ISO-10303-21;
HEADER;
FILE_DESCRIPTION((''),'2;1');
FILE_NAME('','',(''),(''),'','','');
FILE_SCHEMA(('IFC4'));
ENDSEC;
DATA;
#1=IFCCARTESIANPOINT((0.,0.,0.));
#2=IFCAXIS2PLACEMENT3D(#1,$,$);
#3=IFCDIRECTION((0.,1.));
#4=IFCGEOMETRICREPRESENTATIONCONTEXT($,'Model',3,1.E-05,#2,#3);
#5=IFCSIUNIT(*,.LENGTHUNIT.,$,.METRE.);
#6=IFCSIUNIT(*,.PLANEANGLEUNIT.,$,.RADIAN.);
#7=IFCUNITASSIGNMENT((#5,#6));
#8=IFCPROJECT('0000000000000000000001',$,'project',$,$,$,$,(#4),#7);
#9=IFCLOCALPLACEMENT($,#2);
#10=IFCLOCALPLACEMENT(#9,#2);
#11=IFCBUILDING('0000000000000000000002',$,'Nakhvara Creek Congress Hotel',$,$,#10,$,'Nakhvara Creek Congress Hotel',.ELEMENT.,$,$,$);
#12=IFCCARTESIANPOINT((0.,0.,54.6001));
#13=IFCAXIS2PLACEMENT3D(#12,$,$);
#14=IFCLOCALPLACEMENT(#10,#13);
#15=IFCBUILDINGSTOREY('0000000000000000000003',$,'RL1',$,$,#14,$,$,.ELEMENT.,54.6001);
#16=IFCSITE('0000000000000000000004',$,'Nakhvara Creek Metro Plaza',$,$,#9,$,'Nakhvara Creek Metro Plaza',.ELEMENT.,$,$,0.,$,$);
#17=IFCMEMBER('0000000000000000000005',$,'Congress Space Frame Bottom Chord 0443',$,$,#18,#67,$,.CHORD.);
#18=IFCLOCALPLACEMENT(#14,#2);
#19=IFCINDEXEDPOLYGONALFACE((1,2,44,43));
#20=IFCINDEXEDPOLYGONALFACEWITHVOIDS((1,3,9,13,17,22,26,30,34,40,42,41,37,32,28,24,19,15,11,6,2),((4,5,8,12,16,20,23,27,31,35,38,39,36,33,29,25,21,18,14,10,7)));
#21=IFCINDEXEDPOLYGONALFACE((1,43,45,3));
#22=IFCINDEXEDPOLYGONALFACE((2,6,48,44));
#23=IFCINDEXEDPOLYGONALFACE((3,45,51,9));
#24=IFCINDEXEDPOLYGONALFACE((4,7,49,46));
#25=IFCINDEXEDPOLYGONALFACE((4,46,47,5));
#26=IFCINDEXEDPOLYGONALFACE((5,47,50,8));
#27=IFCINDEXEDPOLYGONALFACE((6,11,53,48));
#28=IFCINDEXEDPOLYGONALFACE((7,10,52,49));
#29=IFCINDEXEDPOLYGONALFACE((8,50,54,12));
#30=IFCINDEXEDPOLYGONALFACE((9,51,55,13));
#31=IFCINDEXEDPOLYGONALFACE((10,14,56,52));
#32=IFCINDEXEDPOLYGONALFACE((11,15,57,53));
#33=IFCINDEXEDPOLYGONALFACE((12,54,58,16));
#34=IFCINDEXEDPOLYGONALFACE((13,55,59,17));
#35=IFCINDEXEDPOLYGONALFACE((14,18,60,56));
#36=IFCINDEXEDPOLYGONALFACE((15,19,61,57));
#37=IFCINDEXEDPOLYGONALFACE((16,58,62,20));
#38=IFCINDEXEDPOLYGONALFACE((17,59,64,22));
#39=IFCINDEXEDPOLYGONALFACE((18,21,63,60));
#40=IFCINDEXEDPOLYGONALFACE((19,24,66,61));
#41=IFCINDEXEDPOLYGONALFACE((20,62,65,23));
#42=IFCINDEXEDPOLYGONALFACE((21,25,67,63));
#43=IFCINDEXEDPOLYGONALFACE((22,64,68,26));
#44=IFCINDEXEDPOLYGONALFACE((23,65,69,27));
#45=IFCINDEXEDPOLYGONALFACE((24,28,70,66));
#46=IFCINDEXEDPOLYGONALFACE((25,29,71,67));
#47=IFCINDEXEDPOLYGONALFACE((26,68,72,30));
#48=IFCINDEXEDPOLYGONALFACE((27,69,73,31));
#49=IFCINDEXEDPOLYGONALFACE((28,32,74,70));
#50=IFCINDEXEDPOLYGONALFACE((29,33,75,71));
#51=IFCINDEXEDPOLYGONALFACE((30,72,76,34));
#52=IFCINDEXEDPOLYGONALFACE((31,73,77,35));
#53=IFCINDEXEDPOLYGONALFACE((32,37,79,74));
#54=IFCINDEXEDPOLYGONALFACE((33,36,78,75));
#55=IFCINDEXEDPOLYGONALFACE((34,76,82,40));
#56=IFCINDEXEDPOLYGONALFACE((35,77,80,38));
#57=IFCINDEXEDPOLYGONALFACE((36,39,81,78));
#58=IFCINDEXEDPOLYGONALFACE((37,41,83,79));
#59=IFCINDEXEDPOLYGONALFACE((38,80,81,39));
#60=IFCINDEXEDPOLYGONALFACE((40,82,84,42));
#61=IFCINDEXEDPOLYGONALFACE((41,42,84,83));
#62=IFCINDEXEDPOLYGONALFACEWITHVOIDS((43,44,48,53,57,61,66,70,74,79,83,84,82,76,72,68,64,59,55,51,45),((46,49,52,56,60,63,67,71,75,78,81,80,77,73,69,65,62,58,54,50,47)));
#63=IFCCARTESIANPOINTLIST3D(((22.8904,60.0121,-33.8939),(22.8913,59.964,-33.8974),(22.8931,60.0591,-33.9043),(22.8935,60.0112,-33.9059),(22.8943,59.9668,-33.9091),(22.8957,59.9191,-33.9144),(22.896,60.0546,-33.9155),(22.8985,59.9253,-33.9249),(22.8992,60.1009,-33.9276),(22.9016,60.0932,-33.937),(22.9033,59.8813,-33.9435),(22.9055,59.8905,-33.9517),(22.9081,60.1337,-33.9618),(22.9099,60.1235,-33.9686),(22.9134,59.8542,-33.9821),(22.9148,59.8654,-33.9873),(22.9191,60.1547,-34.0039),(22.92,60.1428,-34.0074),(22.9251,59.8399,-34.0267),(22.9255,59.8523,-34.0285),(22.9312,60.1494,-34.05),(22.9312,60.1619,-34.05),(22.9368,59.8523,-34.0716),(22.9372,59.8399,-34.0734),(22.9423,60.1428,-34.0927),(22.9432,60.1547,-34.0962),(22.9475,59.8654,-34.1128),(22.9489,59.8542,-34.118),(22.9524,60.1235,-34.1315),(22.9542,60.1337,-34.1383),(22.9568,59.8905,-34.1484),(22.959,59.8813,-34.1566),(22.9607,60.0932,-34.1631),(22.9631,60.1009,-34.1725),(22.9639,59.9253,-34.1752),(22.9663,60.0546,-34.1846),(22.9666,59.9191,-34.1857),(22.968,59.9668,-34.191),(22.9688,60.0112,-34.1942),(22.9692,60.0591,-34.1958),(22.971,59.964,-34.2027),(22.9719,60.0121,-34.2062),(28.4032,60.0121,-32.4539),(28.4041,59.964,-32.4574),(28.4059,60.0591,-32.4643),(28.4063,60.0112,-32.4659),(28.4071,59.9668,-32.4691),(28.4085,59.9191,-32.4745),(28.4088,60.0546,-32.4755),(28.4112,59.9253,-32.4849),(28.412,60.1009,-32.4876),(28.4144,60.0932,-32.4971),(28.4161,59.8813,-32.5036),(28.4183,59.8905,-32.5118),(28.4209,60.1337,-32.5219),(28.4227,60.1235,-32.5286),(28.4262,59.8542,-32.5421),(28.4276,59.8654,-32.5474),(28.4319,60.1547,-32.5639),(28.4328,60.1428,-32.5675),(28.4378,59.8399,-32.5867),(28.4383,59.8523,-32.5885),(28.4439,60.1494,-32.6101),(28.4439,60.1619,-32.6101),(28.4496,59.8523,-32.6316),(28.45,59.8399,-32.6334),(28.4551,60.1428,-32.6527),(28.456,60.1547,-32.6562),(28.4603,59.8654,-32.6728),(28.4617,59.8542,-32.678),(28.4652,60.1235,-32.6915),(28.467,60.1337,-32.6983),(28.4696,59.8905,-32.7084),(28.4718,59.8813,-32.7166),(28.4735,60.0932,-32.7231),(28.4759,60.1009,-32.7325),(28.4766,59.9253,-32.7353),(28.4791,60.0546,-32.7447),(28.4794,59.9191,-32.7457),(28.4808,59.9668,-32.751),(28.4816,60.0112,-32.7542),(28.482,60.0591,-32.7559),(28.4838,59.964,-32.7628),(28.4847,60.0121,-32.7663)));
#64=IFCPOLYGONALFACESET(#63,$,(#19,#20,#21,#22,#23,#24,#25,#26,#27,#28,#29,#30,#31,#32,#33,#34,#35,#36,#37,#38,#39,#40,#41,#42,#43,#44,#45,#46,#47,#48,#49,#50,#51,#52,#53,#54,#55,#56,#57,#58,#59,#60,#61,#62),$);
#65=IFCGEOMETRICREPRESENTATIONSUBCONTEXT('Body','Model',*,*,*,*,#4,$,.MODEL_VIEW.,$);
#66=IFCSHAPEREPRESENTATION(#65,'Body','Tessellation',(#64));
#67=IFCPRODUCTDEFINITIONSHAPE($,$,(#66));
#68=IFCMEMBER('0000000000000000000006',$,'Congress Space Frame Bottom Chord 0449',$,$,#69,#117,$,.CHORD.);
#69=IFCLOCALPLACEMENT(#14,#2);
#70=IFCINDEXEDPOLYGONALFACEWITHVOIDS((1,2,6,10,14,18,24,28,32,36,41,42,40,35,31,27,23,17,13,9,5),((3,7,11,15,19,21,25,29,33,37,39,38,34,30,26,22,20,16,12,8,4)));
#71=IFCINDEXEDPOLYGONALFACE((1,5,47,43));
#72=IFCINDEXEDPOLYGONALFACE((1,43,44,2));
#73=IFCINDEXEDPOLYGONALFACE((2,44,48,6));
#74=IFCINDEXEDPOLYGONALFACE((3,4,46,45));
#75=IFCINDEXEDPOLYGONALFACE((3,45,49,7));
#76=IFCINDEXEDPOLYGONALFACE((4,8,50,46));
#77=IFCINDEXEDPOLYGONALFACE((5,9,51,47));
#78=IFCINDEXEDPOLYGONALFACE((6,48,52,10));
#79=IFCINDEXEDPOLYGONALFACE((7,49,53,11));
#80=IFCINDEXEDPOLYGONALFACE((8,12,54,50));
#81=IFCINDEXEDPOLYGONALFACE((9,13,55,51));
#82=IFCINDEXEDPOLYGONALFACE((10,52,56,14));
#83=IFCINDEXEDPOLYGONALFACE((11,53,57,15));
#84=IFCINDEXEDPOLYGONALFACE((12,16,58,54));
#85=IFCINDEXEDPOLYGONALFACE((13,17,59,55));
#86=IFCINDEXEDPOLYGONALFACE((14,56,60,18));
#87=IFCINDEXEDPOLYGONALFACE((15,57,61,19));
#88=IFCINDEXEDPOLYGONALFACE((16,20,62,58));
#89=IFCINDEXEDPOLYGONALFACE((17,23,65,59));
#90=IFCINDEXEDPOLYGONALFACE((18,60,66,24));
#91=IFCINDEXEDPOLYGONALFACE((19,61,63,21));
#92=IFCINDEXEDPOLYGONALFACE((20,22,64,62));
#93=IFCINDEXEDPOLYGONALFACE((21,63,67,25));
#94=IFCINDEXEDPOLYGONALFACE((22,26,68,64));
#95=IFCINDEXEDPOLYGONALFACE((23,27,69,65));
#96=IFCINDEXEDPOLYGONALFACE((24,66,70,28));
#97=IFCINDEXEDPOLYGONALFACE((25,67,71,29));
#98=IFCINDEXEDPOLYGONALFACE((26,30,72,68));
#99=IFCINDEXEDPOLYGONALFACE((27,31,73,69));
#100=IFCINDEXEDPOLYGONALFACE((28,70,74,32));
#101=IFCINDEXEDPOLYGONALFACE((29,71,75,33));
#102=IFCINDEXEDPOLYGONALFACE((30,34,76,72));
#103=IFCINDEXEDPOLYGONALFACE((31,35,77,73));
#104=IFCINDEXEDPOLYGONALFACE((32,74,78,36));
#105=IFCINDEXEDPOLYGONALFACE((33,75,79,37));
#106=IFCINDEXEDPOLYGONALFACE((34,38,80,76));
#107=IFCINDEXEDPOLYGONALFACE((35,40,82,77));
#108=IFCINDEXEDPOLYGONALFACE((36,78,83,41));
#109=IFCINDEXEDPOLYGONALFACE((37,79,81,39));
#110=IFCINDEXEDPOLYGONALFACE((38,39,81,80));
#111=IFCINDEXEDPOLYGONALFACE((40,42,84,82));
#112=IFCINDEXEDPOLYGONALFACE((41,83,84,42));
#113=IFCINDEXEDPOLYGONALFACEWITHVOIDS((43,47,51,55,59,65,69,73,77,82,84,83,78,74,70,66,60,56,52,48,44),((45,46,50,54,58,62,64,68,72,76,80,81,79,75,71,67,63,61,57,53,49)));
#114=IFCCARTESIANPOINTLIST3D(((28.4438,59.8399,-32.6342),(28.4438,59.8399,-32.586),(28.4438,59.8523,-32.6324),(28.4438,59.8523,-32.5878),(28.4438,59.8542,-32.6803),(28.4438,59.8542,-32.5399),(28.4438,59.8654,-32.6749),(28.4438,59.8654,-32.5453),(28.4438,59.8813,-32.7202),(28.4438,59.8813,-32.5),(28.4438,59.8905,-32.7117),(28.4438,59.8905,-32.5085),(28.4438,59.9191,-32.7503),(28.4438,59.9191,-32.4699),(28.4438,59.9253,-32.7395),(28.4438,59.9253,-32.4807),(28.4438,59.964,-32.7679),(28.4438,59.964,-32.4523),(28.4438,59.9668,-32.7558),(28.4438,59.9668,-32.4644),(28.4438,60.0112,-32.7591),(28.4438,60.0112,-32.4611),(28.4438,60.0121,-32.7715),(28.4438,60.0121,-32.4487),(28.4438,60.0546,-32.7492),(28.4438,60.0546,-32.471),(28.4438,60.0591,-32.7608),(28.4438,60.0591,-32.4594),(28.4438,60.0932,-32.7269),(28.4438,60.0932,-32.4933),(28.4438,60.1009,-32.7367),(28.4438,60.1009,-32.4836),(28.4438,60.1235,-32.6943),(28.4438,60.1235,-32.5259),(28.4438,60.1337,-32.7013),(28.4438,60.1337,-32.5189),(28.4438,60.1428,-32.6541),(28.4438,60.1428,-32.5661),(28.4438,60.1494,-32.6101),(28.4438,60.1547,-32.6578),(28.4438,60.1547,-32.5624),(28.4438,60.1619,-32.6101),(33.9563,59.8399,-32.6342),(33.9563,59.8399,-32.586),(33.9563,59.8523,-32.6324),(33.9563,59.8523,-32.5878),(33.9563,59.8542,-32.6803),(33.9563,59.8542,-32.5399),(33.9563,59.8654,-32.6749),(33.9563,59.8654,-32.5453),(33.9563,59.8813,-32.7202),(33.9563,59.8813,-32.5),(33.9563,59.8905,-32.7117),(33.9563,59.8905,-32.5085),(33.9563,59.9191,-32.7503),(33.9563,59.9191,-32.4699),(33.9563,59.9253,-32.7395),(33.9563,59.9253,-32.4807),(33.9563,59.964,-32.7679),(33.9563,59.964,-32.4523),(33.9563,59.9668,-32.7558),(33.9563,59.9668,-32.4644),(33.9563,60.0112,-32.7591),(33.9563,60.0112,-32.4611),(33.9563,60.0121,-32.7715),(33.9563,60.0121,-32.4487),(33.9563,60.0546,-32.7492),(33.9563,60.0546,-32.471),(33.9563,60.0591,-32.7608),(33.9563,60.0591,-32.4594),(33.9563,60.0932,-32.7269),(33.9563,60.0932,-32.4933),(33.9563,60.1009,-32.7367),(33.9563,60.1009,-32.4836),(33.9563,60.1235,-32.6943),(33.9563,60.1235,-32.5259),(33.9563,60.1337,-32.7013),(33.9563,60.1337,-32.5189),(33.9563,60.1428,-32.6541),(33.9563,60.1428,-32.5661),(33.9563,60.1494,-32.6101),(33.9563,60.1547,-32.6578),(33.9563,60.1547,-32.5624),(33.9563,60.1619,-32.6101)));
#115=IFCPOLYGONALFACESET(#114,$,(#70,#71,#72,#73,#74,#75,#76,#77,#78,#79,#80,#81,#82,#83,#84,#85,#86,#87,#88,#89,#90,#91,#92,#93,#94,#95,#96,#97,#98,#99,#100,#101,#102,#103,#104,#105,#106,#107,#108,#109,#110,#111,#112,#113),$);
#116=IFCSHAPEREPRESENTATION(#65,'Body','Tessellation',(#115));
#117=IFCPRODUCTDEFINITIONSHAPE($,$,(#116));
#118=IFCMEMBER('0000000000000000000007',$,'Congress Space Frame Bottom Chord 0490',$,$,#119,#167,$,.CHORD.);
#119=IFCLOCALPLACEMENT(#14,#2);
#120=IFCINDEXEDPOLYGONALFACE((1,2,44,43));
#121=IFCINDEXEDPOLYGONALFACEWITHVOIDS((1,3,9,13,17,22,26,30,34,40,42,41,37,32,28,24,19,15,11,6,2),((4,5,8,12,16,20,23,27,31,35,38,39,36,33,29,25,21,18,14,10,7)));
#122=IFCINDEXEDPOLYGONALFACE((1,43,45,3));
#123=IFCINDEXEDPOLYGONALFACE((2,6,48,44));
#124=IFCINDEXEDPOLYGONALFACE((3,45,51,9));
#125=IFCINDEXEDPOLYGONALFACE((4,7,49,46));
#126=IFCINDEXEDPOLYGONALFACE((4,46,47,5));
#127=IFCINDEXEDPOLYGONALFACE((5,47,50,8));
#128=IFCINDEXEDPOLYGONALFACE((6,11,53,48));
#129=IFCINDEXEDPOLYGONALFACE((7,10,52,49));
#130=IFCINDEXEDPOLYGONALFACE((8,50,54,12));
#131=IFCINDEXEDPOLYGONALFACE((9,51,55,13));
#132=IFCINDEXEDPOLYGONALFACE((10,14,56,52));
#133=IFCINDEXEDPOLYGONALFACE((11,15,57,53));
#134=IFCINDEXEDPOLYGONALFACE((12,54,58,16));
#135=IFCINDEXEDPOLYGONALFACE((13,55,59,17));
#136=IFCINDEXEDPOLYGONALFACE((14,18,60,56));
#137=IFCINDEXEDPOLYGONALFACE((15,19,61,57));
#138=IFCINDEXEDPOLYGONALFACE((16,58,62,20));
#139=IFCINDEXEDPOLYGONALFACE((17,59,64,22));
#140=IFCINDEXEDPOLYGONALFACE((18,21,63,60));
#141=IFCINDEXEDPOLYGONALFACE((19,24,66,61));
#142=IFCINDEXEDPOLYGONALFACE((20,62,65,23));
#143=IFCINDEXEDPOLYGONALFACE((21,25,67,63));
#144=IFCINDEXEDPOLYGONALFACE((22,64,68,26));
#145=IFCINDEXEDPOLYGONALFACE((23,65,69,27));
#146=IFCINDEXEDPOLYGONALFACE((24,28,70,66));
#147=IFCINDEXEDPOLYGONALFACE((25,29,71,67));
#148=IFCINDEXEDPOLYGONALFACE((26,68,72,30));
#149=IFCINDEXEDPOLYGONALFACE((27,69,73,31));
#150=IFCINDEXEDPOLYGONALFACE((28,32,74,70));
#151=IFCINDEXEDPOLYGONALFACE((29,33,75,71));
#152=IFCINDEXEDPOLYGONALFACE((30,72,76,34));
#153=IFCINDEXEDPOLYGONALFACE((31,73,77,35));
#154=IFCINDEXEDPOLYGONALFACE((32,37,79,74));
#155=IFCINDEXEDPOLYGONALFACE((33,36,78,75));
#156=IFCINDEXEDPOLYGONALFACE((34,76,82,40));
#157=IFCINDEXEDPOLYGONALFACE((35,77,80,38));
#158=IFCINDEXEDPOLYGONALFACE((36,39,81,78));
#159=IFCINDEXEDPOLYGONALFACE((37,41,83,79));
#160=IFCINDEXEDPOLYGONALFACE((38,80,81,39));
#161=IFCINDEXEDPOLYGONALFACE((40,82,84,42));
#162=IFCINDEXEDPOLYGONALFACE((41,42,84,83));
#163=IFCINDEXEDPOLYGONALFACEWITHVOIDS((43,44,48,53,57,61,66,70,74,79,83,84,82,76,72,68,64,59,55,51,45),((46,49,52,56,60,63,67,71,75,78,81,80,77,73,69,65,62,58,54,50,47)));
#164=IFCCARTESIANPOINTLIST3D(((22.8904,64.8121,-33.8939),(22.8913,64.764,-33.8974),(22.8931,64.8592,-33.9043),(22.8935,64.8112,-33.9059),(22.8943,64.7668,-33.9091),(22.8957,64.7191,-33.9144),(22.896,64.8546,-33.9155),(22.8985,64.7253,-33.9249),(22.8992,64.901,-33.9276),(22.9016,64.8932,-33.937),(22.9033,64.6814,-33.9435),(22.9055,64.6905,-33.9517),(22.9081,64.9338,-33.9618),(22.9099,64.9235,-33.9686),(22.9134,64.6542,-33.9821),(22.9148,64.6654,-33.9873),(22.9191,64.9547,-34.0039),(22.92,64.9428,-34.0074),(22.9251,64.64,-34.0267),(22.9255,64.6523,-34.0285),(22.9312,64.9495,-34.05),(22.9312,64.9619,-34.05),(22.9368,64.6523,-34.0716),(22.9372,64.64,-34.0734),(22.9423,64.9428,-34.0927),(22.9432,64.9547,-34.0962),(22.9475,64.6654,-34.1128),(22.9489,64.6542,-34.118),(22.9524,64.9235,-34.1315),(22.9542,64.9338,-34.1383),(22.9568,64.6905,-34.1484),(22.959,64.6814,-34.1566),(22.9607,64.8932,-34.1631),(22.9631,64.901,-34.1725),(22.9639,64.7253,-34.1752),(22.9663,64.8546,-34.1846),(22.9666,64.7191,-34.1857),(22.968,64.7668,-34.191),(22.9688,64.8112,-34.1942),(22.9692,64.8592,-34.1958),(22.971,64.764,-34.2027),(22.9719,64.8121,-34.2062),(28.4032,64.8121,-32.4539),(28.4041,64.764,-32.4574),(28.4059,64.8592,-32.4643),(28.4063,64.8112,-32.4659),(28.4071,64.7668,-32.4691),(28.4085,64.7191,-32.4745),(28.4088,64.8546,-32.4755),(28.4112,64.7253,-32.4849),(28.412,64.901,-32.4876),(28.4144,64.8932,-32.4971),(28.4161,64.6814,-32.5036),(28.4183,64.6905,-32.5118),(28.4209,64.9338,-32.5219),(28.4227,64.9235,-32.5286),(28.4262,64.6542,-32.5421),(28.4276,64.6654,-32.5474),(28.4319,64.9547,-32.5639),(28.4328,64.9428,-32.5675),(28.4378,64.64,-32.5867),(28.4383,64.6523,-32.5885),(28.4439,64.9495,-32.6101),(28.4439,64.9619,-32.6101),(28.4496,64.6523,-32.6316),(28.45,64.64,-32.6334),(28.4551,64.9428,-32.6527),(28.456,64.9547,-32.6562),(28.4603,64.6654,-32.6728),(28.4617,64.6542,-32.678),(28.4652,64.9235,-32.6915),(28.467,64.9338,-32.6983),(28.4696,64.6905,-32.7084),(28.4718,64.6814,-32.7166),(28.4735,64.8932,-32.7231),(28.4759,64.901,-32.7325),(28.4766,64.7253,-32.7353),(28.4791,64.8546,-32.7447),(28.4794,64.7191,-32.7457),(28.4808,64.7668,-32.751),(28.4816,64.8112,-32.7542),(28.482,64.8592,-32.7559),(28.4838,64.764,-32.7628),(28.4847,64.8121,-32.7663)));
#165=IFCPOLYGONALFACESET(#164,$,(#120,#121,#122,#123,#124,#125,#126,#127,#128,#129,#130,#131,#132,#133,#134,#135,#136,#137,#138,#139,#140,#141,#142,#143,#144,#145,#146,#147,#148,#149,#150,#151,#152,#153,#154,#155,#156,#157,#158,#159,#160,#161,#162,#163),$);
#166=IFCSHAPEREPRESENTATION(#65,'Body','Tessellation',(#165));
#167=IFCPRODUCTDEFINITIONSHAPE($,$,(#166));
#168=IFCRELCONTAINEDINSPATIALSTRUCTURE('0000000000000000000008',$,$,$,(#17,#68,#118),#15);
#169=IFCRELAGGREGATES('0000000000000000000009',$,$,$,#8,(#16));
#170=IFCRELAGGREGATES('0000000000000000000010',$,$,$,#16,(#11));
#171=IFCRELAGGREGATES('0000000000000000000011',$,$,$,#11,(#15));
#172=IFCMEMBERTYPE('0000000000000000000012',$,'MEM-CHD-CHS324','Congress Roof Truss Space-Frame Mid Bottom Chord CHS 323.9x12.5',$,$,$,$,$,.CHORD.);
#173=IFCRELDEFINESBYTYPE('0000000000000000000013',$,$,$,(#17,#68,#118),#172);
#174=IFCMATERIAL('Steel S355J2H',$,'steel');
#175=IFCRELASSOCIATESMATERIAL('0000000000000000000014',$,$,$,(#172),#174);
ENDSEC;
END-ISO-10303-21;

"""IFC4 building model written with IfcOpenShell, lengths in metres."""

from ifc_helpers import new_model, si_unit, direction, frame, origin, origin_2d, place, context, subcontext, project, spatial, hollow_circle, extrude, material, material_profile, profile_set, type_object, element, save


model = new_model("IFC4")

# Units and contexts
model_context = context("Model", 3, precision=1e-05, world=origin(), true_north=direction((0.0, 1.0)))
body_context = subcontext(model_context, "Body", "Model", "MODEL_VIEW")
ifc_project = project(units=[si_unit("LENGTHUNIT", "METRE"), si_unit("PLANEANGLEUNIT", "RADIAN")], contexts=[model_context])

# Site, building, storey
site_placement = place(None, origin())
site = spatial("IfcSite", under=ifc_project, at=site_placement, Name="Nakhvara Creek Metro Plaza", LongName="Nakhvara Creek Metro Plaza", CompositionType="ELEMENT", RefElevation=0.0)
building_placement = place(site_placement, origin())
building = spatial("IfcBuilding", under=site, at=building_placement, Name="Nakhvara Creek Congress Hotel", LongName="Nakhvara Creek Congress Hotel", CompositionType="ELEMENT")
storey_placement = place(building_placement, frame((0.0, 0.0, 54.6001)))
storey = spatial("IfcBuildingStorey", under=building, at=storey_placement, Name="RL1", CompositionType="ELEMENT", Elevation=54.6001)

# Members
ifc_material_1 = material(Name="Steel S355J2H", Category="steel")
ifc_material_profile_1 = material_profile(ifc_material_1, hollow_circle(Radius=0.1619, WallThickness=0.0125, at=origin_2d()), Name="CHS 323.9x12.5", Category="LoadBearing")
ifc_profile_set_1 = profile_set([ifc_material_profile_1], Name="Steel S355J2H")
member_type_1 = type_object("IfcMemberType", Name="MEM-CHD-CHS324", Description="Congress Roof Truss Space-Frame Mid Bottom Chord CHS 323.9x12.5", PredefinedType="CHORD", material=ifc_profile_set_1)
member_1_placement = place(storey_placement, frame((22.9312, 60.0, -34.05), z_axis=(0.967538, 0.0, 0.252725), x_axis=(0.0, 1.0, 0.0)))
element("IfcMember", 1, at=member_1_placement, inside=storey, type_object=member_type_1, Name="Congress Space Frame Bottom Chord 0443", PredefinedType="CHORD", context=body_context, shape_type="SweptSolid", body=[
    extrude(hollow_circle(Radius=0.1619, WallThickness=0.0125, at=origin_2d()), origin(), (0.0, 0.0, 1.0), 5.6978),
])
member_2_placement = place(storey_placement, frame((28.4438, 60.0, -32.6101), z_axis=(1.0, 0.0, 0.0), x_axis=(0.0, 1.0, 0.0)))
element("IfcMember", 2, at=member_2_placement, inside=storey, type_object=member_type_1, Name="Congress Space Frame Bottom Chord 0449", PredefinedType="CHORD", context=body_context, shape_type="SweptSolid", body=[
    extrude(hollow_circle(Radius=0.1619, WallThickness=0.0125, at=origin_2d()), origin(), (0.0, 0.0, 1.0), 5.5125),
])
member_3_placement = place(storey_placement, frame((22.9312, 64.8, -34.05), z_axis=(0.967538, 0.0, 0.252725), x_axis=(0.0, 1.0, 0.0)))
element("IfcMember", 3, at=member_3_placement, inside=storey, type_object=member_type_1, Name="Congress Space Frame Bottom Chord 0490", PredefinedType="CHORD", context=body_context, shape_type="SweptSolid", body=[
    extrude(hollow_circle(Radius=0.1619, WallThickness=0.0125, at=origin_2d()), origin(), (0.0, 0.0, 1.0), 5.6978),
])

save(model, "model.ifc")
